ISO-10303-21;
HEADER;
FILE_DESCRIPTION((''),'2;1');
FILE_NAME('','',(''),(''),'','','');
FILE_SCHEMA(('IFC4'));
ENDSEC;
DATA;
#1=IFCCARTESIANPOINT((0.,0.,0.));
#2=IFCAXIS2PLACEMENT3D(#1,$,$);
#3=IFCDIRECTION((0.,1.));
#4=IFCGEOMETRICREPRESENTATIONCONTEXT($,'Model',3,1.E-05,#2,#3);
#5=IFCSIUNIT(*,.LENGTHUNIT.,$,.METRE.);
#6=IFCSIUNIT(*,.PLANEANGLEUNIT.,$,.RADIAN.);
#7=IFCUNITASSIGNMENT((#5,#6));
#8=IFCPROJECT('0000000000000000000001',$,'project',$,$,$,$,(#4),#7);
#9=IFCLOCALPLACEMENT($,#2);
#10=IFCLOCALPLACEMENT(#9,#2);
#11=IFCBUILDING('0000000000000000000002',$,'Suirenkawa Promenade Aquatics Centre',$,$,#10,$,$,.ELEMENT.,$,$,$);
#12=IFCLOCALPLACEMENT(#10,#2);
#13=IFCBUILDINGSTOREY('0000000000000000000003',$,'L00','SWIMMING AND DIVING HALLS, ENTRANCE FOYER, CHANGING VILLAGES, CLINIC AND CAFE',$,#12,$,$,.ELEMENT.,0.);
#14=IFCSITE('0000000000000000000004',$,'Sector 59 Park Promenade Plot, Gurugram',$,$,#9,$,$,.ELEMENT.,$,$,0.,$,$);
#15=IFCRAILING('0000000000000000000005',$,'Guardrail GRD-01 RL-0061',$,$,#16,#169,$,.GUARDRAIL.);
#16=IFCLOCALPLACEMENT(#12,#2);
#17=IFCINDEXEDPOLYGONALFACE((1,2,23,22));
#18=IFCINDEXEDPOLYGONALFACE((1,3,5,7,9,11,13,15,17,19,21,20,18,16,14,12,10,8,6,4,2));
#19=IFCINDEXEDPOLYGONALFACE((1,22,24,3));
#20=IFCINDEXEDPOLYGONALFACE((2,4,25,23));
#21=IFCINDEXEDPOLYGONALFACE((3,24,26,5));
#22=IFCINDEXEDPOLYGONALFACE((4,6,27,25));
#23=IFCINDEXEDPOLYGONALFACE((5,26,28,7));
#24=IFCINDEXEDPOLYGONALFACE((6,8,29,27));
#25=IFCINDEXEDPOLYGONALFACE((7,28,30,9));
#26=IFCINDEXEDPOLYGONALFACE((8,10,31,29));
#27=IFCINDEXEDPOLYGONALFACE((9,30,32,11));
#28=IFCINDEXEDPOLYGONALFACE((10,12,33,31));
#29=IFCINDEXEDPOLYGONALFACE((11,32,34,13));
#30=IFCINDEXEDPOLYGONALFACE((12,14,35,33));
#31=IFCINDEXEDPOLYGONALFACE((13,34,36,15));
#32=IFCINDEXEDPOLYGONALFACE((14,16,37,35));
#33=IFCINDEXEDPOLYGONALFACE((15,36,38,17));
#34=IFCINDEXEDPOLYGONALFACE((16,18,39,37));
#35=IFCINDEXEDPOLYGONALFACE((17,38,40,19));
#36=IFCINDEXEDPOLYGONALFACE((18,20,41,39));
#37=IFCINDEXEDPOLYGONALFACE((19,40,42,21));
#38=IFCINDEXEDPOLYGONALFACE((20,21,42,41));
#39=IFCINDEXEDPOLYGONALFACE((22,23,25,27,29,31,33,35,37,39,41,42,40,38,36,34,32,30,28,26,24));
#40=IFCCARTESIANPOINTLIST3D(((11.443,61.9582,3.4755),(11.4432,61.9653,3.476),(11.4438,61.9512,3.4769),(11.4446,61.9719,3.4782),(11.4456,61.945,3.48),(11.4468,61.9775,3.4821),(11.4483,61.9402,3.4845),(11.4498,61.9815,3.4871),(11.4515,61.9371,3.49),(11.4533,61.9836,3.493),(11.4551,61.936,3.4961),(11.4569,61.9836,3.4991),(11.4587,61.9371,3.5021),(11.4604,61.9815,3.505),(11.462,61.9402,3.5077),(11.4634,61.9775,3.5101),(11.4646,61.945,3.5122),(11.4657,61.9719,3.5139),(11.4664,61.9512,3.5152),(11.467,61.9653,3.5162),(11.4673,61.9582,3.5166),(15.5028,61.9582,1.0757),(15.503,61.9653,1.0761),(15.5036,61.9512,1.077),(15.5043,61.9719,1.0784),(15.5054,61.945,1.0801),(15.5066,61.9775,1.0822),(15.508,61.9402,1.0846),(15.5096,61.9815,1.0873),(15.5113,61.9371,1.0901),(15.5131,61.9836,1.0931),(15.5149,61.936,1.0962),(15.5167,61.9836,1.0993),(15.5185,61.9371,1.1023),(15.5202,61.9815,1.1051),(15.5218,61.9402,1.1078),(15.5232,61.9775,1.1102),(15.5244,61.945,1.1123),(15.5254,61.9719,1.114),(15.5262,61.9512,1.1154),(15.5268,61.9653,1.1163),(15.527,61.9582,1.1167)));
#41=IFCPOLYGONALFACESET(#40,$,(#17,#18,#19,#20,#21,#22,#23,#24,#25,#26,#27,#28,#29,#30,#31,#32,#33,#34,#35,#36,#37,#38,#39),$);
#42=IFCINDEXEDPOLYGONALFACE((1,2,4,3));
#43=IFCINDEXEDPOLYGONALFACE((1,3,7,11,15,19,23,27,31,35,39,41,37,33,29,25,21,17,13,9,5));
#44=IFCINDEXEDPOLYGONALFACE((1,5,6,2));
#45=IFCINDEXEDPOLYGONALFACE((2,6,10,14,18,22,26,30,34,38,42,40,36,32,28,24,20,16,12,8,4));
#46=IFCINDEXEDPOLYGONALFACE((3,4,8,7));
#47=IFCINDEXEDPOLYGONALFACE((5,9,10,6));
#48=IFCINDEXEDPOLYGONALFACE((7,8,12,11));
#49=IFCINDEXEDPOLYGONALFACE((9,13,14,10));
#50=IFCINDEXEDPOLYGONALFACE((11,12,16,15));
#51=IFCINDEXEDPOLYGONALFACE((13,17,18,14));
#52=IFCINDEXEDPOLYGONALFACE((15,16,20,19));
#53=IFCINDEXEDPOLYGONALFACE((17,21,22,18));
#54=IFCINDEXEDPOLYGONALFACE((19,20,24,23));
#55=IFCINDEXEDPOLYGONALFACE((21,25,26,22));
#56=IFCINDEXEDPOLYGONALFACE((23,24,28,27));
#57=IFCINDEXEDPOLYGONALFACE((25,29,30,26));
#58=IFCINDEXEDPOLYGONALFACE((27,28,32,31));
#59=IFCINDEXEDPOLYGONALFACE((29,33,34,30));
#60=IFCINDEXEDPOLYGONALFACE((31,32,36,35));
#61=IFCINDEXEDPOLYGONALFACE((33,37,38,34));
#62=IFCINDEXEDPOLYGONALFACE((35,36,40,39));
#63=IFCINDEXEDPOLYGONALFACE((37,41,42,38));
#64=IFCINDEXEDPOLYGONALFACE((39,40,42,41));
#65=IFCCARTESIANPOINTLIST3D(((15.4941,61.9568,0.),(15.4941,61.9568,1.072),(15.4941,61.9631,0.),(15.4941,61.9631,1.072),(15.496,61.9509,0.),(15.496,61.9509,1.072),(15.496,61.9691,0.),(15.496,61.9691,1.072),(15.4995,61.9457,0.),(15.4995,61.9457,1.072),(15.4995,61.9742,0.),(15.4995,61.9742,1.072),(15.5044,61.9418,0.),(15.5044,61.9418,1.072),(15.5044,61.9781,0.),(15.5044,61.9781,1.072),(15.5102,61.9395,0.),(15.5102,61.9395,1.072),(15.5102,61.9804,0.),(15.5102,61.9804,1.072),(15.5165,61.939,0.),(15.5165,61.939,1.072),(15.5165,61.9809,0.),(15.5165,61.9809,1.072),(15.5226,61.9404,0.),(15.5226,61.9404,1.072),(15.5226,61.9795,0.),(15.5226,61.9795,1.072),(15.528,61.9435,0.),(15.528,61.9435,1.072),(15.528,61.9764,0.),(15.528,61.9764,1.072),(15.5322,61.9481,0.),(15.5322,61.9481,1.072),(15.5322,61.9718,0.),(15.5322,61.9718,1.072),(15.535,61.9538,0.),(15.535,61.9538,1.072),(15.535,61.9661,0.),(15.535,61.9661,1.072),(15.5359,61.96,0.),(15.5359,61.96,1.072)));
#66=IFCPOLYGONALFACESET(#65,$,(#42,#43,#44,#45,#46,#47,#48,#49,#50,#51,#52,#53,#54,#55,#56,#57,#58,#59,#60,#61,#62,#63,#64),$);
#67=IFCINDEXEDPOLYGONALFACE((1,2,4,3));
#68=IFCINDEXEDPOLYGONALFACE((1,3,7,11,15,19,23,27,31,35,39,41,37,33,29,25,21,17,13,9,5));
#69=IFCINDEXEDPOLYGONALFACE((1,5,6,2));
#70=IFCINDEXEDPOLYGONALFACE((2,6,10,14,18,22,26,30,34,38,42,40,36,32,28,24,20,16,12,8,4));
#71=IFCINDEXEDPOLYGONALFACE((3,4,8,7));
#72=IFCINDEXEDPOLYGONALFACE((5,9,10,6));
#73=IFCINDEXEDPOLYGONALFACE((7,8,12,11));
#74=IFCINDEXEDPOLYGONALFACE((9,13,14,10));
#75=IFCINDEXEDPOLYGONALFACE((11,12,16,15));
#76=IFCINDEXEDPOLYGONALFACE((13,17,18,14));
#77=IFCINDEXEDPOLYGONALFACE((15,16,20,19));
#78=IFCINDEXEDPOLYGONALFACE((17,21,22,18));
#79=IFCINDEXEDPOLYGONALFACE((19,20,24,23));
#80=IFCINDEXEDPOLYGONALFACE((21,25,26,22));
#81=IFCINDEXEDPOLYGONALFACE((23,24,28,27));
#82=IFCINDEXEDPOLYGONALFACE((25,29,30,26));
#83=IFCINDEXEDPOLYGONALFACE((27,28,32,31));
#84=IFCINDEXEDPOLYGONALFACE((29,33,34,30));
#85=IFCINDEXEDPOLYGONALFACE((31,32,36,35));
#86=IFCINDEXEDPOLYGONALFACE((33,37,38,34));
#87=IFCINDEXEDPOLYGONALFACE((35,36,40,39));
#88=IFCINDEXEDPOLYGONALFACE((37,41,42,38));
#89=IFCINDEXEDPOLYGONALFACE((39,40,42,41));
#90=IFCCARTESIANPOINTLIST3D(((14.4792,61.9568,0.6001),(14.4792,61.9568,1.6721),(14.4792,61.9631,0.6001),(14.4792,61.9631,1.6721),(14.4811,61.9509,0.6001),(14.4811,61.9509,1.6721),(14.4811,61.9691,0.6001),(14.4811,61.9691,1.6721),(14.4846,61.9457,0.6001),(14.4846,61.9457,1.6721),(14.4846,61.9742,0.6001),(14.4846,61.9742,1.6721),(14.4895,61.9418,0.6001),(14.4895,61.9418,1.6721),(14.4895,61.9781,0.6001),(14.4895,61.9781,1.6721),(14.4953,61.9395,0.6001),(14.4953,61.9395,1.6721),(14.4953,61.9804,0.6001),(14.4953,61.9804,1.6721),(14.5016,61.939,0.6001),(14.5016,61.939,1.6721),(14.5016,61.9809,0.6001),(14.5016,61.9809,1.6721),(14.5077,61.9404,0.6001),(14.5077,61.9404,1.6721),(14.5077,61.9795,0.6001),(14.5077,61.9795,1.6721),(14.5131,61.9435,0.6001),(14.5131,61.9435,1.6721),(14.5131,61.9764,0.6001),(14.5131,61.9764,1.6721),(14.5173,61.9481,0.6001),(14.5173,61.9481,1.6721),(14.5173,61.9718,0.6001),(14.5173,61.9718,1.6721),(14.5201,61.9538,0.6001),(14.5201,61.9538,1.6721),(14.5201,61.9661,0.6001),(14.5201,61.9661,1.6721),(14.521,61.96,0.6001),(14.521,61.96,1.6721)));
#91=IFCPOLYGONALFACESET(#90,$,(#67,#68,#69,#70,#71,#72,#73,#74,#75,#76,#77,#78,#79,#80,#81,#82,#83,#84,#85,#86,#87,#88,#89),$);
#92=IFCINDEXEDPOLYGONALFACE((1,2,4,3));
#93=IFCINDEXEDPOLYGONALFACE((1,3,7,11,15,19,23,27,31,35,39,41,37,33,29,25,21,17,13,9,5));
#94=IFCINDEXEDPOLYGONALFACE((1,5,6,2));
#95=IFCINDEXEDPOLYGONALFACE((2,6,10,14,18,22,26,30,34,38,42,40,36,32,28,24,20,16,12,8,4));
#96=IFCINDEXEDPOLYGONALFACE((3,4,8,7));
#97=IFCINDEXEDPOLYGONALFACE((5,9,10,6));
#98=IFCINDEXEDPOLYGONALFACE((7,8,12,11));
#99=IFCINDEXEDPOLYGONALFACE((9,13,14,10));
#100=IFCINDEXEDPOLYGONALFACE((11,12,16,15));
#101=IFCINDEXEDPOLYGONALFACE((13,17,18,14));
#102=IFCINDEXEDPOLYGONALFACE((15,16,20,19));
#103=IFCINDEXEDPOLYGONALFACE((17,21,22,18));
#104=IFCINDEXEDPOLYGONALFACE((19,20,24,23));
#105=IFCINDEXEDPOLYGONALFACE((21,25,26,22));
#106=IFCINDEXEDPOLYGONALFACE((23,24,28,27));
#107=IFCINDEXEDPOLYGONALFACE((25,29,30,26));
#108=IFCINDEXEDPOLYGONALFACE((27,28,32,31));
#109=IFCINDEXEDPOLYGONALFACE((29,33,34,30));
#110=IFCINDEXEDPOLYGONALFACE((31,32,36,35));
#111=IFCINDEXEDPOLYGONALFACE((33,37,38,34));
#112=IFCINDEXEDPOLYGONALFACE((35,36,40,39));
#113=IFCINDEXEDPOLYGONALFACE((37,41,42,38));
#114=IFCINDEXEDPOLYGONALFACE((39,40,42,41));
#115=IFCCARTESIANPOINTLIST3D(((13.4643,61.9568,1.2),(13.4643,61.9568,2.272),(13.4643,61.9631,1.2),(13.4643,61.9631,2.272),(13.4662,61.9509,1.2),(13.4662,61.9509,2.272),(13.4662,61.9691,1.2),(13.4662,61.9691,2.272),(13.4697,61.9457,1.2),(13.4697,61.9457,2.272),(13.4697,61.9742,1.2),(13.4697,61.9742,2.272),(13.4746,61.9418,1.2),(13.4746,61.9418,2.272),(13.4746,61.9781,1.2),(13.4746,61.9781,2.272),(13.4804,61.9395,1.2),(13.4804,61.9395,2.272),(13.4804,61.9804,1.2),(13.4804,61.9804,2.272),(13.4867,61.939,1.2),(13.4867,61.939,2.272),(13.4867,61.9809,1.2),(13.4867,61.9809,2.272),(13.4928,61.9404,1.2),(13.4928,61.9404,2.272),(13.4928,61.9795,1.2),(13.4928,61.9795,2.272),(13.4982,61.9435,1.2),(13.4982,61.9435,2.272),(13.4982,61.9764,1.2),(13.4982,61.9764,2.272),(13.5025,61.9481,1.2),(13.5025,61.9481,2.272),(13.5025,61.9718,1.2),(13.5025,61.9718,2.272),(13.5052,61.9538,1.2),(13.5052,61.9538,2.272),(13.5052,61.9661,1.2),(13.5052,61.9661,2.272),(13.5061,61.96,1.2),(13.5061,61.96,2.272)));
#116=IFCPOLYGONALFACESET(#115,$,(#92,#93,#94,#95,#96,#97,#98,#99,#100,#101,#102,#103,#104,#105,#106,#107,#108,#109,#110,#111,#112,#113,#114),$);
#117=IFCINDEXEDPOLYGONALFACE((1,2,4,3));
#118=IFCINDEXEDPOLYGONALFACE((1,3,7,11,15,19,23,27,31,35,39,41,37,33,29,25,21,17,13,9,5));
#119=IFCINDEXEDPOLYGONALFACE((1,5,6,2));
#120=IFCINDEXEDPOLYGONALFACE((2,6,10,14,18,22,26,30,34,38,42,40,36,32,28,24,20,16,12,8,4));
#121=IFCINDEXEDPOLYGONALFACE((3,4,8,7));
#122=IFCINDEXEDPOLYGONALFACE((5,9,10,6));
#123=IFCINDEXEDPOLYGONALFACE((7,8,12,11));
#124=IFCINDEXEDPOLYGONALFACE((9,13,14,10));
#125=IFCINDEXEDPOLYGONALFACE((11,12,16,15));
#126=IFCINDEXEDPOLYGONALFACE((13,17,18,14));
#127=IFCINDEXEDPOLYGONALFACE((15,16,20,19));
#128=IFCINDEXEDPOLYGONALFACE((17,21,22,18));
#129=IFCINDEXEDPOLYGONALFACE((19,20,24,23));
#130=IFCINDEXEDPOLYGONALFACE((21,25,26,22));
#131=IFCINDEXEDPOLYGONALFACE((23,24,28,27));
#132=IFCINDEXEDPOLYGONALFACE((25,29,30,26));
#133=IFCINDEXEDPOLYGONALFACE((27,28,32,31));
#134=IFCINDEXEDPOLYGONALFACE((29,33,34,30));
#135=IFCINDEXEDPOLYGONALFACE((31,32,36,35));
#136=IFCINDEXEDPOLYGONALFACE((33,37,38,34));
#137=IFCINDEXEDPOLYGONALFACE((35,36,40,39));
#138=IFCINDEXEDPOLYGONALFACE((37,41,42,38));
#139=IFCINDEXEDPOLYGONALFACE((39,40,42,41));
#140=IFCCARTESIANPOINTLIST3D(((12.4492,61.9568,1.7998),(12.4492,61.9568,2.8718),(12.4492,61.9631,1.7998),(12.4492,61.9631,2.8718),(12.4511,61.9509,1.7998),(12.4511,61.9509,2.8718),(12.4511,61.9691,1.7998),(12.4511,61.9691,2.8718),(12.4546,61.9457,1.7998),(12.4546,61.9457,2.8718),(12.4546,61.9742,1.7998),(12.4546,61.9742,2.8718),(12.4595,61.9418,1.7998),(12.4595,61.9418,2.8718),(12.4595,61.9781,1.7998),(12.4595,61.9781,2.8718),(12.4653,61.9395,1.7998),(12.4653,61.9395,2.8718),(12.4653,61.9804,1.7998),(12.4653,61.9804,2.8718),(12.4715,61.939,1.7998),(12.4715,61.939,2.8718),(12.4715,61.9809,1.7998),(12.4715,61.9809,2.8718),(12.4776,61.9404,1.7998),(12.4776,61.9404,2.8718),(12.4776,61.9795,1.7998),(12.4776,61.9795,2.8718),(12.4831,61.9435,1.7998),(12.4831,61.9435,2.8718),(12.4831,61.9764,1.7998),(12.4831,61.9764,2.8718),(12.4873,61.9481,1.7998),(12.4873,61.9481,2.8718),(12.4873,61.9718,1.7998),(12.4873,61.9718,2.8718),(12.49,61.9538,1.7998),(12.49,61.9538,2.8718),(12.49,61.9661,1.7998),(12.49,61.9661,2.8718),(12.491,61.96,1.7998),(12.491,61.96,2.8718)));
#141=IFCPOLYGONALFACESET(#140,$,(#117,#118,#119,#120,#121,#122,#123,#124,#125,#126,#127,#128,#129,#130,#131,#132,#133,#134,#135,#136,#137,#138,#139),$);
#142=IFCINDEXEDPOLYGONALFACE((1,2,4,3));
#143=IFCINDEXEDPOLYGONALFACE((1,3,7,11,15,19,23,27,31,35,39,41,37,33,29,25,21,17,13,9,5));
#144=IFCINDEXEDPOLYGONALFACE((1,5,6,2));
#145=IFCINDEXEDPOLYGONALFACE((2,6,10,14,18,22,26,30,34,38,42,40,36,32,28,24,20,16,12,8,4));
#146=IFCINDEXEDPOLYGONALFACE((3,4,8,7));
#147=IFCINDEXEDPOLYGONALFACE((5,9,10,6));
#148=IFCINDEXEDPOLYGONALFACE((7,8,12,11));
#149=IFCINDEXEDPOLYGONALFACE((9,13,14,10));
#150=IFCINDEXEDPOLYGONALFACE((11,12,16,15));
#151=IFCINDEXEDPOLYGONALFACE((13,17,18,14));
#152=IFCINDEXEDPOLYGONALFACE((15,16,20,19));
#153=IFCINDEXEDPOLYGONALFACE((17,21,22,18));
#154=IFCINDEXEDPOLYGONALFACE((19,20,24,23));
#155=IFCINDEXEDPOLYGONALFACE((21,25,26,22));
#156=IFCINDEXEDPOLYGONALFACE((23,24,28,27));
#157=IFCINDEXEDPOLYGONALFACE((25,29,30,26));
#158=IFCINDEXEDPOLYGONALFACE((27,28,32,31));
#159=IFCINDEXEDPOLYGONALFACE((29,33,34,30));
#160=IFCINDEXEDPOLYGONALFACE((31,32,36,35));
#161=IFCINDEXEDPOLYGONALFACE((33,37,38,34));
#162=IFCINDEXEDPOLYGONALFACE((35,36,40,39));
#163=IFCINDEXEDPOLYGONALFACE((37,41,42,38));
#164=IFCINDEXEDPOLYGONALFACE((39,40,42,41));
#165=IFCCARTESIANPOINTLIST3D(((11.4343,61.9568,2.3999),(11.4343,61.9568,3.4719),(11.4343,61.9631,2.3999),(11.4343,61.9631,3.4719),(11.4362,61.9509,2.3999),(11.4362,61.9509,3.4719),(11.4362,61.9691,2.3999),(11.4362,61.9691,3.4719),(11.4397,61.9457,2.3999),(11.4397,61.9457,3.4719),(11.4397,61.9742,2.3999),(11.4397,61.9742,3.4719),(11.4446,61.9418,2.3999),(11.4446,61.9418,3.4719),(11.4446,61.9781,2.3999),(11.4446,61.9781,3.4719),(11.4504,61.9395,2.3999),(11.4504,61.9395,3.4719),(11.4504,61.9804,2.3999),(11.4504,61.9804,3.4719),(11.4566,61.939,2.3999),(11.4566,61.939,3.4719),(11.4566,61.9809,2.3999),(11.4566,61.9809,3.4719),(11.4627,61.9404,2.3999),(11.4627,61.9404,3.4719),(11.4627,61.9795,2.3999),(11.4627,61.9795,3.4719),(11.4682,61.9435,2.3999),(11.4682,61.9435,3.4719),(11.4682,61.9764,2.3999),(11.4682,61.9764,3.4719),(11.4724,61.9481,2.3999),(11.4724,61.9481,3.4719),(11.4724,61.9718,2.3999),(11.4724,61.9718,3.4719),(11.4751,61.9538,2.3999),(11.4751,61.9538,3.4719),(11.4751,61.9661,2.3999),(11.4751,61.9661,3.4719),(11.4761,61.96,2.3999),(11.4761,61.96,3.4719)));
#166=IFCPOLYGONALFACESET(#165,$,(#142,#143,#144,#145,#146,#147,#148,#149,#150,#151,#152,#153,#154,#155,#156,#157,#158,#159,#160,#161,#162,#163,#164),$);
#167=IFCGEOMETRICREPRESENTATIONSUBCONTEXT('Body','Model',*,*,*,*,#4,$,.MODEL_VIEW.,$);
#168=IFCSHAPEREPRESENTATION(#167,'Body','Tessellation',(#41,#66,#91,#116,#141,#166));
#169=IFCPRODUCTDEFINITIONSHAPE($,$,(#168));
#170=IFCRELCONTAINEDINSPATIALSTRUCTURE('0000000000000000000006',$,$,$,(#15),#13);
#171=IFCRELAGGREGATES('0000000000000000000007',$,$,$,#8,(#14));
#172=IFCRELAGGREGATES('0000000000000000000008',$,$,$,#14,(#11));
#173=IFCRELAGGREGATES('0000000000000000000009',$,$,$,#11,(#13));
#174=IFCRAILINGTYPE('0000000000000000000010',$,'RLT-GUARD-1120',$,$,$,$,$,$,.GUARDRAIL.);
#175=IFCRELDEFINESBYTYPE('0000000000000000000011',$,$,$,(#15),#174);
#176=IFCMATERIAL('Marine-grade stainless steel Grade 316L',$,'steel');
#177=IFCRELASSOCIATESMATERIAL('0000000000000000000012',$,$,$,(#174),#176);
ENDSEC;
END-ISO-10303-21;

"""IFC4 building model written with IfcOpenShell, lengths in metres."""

from ifc_helpers import new_model, si_unit, direction, frame, origin, origin_2d, place, context, subcontext, project, spatial, circle, extrude, material, type_object, element, save


model = new_model("IFC4")

# Units and contexts
model_context = context("Model", 3, precision=1e-05, world=origin(), true_north=direction((0.0, 1.0)))
body_context = subcontext(model_context, "Body", "Model", "MODEL_VIEW")
ifc_project = project(units=[si_unit("LENGTHUNIT", "METRE"), si_unit("PLANEANGLEUNIT", "RADIAN")], contexts=[model_context])

# Site, building, storey
site_placement = place(None, origin())
site = spatial("IfcSite", under=ifc_project, at=site_placement, Name="Sector 59 Park Promenade Plot, Gurugram", CompositionType="ELEMENT", RefElevation=0.0)
building_placement = place(site_placement, origin())
building = spatial("IfcBuilding", under=site, at=building_placement, Name="Suirenkawa Promenade Aquatics Centre", CompositionType="ELEMENT")
storey_placement = place(building_placement, origin())
storey = spatial("IfcBuildingStorey", under=building, at=storey_placement, Name="L00", Description="SWIMMING AND DIVING HALLS, ENTRANCE FOYER, CHANGING VILLAGES, CLINIC AND CAFE", CompositionType="ELEMENT", Elevation=0.0)

# Railing
ifc_material_1 = material(Name="Marine-grade stainless steel Grade 316L", Category="steel")
railing_type_1 = type_object("IfcRailingType", Name="RLT-GUARD-1120", PredefinedType="GUARDRAIL", material=ifc_material_1)
for number, where, name in (
    (1, (15.5149, 61.96, 0.0), "Guardrail GRD-01 RL-0061"),
):
    element("IfcRailing", number, at=place(storey_placement, frame(where)), inside=storey, type_object=railing_type_1, Name=name, PredefinedType="GUARDRAIL", context=body_context, shape_type="SweptSolid", body=[
        extrude(circle(Radius=0.0239, at=origin_2d()), frame((0.0, 0.0, 1.0962), z_axis=(-0.860841, 0.0, 0.508874), x_axis=(0.0, -1.0, 0.0)), (0.0, 0.0, 1.0), 4.7161),
        extrude(circle(Radius=0.021, at=origin_2d()), origin(), (0.0, 0.0, 1.0), 1.072),
        extrude(circle(Radius=0.021, at=origin_2d()), frame((-1.0149, 0.0, 0.6001)), (0.0, 0.0, 1.0), 1.072),
        extrude(circle(Radius=0.021, at=origin_2d()), frame((-2.0298, 0.0, 1.2)), (0.0, 0.0, 1.0), 1.072),
        extrude(circle(Radius=0.021, at=origin_2d()), frame((-3.0449, 0.0, 1.7998)), (0.0, 0.0, 1.0), 1.072),
        extrude(circle(Radius=0.021, at=origin_2d()), frame((-4.0598, 0.0, 2.3999)), (0.0, 0.0, 1.0), 1.072),
    ])

save(model, "model.ifc")
